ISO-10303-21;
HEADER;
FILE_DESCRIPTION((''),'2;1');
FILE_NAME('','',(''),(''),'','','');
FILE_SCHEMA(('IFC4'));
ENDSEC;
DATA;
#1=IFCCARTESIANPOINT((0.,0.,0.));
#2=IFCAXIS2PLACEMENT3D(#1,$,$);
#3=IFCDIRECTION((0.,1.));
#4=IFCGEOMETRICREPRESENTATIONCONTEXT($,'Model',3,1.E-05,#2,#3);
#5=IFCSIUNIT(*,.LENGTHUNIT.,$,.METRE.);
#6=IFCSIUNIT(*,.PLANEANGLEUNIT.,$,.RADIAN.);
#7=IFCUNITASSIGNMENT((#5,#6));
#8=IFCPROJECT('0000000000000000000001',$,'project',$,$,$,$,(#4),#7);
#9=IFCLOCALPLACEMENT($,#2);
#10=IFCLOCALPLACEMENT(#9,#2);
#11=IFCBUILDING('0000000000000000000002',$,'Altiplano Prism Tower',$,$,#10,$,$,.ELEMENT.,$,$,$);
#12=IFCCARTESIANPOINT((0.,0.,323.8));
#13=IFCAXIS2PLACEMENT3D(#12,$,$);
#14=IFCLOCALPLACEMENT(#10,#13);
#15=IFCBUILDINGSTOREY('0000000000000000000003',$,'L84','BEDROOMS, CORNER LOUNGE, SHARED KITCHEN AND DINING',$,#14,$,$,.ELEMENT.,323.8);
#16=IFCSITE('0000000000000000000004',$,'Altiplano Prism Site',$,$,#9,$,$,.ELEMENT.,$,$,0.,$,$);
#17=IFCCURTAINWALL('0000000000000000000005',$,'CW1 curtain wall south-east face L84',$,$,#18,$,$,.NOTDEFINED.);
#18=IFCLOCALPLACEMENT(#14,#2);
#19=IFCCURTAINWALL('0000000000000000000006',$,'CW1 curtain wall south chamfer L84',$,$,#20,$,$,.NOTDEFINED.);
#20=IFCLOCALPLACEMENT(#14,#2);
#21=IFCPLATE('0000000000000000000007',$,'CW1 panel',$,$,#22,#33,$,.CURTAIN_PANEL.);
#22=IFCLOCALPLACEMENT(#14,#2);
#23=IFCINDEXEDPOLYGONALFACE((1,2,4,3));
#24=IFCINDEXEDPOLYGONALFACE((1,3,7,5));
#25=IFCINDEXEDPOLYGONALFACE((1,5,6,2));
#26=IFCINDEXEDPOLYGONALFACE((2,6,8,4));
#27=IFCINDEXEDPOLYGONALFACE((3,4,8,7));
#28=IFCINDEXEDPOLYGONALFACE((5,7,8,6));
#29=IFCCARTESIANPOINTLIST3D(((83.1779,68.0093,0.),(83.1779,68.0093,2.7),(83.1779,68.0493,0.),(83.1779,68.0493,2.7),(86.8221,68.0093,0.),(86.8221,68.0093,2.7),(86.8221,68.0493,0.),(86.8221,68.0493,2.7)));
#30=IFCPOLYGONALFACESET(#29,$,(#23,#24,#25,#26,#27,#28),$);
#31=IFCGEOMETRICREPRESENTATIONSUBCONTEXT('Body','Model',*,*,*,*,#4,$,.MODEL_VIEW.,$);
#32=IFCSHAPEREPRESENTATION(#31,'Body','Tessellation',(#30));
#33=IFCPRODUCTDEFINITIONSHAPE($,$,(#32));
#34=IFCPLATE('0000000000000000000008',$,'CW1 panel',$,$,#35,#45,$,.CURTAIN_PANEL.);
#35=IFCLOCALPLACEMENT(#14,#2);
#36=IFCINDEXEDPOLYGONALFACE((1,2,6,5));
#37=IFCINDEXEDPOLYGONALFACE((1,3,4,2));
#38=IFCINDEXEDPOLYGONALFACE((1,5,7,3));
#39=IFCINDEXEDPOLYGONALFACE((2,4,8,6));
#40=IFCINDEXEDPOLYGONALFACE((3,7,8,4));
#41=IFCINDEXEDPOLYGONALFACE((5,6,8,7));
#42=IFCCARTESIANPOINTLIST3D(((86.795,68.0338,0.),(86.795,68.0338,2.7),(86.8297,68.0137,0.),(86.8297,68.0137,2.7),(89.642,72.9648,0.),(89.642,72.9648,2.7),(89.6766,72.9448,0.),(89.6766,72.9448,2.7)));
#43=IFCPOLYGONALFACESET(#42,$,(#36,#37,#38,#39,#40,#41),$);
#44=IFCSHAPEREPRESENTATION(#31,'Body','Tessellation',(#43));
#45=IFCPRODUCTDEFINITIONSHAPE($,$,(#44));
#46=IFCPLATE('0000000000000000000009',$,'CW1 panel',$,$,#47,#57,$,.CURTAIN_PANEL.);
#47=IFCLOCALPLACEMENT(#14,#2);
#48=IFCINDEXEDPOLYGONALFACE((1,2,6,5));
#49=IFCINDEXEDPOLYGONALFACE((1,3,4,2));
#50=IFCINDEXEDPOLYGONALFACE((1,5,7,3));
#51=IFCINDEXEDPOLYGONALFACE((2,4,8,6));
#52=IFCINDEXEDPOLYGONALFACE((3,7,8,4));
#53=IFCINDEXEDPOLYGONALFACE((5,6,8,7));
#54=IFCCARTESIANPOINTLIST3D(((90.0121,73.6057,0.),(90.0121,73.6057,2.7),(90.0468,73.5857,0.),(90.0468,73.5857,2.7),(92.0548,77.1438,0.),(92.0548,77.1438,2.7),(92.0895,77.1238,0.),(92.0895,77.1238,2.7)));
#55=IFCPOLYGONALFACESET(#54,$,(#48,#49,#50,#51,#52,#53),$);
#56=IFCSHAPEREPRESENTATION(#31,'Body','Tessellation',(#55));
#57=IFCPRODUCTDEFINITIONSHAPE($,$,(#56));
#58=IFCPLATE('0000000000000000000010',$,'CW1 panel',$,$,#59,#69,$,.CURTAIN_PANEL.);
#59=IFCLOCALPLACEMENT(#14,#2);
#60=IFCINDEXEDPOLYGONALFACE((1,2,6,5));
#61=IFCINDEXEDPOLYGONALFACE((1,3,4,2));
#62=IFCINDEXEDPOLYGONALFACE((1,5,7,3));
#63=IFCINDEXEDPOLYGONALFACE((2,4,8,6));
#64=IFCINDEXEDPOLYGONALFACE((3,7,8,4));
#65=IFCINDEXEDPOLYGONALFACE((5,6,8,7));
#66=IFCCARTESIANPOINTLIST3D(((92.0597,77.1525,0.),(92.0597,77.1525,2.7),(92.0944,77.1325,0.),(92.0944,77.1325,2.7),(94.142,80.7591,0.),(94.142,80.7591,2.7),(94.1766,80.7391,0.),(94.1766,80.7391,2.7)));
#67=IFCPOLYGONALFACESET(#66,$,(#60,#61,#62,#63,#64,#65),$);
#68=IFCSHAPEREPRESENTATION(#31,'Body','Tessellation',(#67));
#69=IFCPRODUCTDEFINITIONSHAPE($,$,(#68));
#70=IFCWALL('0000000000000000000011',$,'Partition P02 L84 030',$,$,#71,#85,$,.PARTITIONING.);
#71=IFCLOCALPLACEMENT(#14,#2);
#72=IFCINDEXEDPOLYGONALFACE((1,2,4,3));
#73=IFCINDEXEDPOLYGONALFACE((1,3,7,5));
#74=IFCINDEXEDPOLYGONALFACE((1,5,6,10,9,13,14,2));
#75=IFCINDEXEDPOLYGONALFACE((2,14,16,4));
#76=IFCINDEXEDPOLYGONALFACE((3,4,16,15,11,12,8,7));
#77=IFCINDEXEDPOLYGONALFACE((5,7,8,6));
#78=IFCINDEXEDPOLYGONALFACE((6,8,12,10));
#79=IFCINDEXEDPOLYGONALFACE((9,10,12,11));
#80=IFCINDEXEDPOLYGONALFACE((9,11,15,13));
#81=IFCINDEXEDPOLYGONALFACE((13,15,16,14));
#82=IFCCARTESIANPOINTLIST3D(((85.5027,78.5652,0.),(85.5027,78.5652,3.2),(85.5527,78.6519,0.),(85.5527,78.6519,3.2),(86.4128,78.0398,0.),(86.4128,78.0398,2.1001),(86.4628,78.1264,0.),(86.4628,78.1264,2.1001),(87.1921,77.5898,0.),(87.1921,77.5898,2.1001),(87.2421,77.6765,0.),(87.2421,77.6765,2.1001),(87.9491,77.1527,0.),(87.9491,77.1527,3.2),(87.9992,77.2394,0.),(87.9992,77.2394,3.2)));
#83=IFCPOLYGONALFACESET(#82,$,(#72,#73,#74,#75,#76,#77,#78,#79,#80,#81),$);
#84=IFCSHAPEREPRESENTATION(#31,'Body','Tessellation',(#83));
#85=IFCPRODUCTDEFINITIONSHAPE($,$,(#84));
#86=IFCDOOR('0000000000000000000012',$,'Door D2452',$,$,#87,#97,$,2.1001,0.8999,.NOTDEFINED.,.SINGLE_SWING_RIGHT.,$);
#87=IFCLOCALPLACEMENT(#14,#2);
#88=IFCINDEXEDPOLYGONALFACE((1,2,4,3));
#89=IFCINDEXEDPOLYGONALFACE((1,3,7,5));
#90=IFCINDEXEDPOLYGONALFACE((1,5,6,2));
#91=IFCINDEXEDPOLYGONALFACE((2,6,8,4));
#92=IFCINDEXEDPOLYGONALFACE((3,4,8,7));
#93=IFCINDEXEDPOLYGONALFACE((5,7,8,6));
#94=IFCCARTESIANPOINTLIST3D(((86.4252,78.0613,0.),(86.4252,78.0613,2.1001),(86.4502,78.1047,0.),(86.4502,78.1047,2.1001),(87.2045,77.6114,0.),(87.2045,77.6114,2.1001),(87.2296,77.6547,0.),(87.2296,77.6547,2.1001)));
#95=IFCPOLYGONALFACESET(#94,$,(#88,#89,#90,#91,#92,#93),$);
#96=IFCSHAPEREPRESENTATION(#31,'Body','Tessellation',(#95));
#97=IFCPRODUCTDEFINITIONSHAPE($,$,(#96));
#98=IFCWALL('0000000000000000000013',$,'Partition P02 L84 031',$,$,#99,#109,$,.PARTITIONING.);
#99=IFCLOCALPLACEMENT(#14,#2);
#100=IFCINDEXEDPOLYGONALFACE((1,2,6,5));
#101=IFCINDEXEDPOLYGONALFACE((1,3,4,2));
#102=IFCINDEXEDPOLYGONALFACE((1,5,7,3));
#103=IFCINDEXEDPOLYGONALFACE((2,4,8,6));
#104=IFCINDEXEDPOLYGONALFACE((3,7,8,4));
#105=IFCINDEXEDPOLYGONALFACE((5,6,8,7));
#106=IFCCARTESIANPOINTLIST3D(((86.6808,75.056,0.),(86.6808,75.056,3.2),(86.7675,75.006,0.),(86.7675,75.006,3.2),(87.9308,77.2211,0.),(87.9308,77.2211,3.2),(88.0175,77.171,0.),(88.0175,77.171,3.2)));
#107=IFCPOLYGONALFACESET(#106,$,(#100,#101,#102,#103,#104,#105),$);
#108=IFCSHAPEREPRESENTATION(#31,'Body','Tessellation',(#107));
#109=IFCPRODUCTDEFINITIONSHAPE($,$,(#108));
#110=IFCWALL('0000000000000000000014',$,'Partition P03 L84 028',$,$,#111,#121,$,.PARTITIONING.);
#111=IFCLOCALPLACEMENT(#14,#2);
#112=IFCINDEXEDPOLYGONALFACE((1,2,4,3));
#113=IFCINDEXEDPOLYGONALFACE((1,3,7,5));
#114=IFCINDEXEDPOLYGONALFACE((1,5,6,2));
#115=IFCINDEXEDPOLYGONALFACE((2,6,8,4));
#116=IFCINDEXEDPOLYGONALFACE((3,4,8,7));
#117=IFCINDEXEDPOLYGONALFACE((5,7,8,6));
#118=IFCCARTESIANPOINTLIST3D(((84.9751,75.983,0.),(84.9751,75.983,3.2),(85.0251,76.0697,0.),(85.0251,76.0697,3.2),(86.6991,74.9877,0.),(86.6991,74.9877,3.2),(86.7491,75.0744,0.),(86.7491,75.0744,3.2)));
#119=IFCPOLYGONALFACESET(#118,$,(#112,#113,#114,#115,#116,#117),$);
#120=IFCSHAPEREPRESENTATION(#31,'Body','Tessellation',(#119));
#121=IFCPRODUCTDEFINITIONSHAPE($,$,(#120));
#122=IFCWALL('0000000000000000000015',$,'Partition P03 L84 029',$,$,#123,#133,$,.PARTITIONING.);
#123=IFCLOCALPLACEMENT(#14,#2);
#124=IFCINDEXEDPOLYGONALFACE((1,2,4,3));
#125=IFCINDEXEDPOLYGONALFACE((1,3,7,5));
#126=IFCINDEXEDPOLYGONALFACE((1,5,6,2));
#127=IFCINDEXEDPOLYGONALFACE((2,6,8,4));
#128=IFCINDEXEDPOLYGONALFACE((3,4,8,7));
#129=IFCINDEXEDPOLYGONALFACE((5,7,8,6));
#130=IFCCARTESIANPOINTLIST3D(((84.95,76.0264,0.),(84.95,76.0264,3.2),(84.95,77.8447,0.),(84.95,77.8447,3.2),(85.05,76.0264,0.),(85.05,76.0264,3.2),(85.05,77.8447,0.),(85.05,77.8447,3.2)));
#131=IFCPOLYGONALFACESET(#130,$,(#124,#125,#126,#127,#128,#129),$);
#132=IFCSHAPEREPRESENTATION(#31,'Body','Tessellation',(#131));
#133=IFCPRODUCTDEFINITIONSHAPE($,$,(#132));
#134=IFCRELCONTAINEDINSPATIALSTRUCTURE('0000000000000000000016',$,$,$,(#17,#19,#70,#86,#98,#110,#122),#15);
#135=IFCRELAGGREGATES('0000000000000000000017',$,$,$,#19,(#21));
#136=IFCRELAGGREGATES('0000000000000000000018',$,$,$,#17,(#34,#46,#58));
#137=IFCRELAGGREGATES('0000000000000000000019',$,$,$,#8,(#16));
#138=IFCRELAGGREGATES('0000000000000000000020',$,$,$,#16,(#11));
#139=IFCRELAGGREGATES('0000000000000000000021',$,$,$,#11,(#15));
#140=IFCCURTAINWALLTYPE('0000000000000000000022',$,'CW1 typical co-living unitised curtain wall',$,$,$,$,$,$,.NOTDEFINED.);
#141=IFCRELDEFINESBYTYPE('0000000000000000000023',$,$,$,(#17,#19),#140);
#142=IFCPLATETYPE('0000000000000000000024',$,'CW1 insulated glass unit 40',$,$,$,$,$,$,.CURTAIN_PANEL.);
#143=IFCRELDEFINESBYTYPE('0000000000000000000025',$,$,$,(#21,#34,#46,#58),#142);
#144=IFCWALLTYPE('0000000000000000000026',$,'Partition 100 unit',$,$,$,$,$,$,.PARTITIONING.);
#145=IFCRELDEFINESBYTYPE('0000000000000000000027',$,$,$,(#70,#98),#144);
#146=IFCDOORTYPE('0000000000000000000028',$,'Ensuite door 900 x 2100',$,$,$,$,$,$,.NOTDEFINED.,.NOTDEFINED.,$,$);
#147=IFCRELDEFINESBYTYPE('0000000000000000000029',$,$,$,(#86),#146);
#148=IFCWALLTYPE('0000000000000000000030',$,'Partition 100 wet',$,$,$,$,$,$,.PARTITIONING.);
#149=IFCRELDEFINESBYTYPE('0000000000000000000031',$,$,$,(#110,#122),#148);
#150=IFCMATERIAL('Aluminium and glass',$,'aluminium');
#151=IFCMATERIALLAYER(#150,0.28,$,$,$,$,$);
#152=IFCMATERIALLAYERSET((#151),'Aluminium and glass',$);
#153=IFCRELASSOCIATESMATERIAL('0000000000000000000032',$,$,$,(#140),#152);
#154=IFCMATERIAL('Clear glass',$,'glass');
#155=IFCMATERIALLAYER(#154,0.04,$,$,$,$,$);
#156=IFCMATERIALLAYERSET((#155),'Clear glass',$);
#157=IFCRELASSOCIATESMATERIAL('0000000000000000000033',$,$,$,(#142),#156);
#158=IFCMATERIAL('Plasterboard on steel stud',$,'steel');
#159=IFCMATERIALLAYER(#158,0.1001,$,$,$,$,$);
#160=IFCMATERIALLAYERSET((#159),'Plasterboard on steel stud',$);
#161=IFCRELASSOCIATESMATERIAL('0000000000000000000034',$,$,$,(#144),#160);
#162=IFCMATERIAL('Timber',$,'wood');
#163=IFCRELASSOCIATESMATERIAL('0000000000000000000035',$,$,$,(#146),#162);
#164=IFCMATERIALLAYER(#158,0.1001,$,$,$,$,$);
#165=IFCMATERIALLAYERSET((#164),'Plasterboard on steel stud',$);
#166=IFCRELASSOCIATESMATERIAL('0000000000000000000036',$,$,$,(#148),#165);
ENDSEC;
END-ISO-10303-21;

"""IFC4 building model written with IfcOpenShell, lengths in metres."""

from ifc_helpers import new_model, si_unit, direction, frame, frame_2d, origin, origin_2d, place, context, subcontext, project, spatial, rectangle, extrude, material, layer, layer_set, type_object, element, fill, aggregate, save


model = new_model("IFC4")

# Units and contexts
model_context = context("Model", 3, precision=1e-05, world=origin(), true_north=direction((0.0, 1.0)))
body_context = subcontext(model_context, "Body", "Model", "MODEL_VIEW")
ifc_project = project(units=[si_unit("LENGTHUNIT", "METRE"), si_unit("PLANEANGLEUNIT", "RADIAN")], contexts=[model_context])

# Site, building, storey
site_placement = place(None, origin())
site = spatial("IfcSite", under=ifc_project, at=site_placement, Name="Altiplano Prism Site", CompositionType="ELEMENT", RefElevation=0.0)
building_placement = place(site_placement, origin())
building = spatial("IfcBuilding", under=site, at=building_placement, Name="Altiplano Prism Tower", CompositionType="ELEMENT")
storey_placement = place(building_placement, frame((0.0, 0.0, 323.8)))
storey = spatial("IfcBuildingStorey", under=building, at=storey_placement, Name="L84", Description="BEDROOMS, CORNER LOUNGE, SHARED KITCHEN AND DINING", CompositionType="ELEMENT", Elevation=323.8)

# Curtain walls
ifc_material_1 = material(Name="Aluminium and glass", Category="aluminium")
ifc_layer_1 = layer(ifc_material_1, 0.28)
ifc_layer_set_1 = layer_set([ifc_layer_1], Name="Aluminium and glass")
curtain_wall_type = type_object("IfcCurtainWallType", Name="CW1 typical co-living unitised curtain wall", PredefinedType="NOTDEFINED", material=ifc_layer_set_1)
curtain_wall_1_placement = place(storey_placement, origin())
curtain_wall_1 = element("IfcCurtainWall", 1, at=curtain_wall_1_placement, inside=storey, type_object=curtain_wall_type, Name="CW1 curtain wall south-east face L84", PredefinedType="NOTDEFINED")
curtain_wall_2_placement = place(storey_placement, origin())
curtain_wall_2 = element("IfcCurtainWall", 2, at=curtain_wall_2_placement, inside=storey, type_object=curtain_wall_type, Name="CW1 curtain wall south chamfer L84", PredefinedType="NOTDEFINED")

# Plates
ifc_material_2 = material(Name="Clear glass", Category="glass")
ifc_layer_2 = layer(ifc_material_2, 0.04)
ifc_layer_set_2 = layer_set([ifc_layer_2], Name="Clear glass")
plate_type = type_object("IfcPlateType", Name="CW1 insulated glass unit 40", PredefinedType="CURTAIN_PANEL", material=ifc_layer_set_2)
plate_1_placement = place(storey_placement, frame((85.0, 68.0293, 0.0), z_axis=(0.0, 0.0, 1.0), x_axis=(1.0, 0.0, 0.0)))
plate_1 = element("IfcPlate", 3, at=plate_1_placement, type_object=plate_type, Name="CW1 panel", PredefinedType="CURTAIN_PANEL", context=body_context, shape_type="SweptSolid", body=[
    extrude(rectangle(XDim=3.6443, YDim=0.04, at=origin_2d()), origin(), (0.0, 0.0, 1.0), 2.7),
])
aggregate(curtain_wall_2, [plate_1])
plate_2_placement = place(storey_placement, frame((88.2358, 70.4893, 0.0), z_axis=(0.0, 0.0, 1.0), x_axis=(0.5, 0.866025, 0.0)))
plate_2 = element("IfcPlate", 4, at=plate_2_placement, type_object=plate_type, Name="CW1 panel", PredefinedType="CURTAIN_PANEL", context=body_context, shape_type="SweptSolid", body=[
    extrude(rectangle(XDim=5.6938, YDim=0.04, at=origin_2d()), origin(), (0.0, 0.0, 1.0), 2.7),
])
plate_3_placement = place(storey_placement, frame((91.0508, 75.3647, 0.0), z_axis=(0.0, 0.0, 1.0), x_axis=(0.5, 0.866025, 0.0)))
plate_3 = element("IfcPlate", 5, at=plate_3_placement, type_object=plate_type, Name="CW1 panel", PredefinedType="CURTAIN_PANEL", context=body_context, shape_type="SweptSolid", body=[
    extrude(rectangle(XDim=4.0854, YDim=0.04, at=origin_2d()), origin(), (0.0, 0.0, 1.0), 2.7),
])
plate_4_placement = place(storey_placement, frame((93.1182, 78.9458, 0.0), z_axis=(0.0, 0.0, 1.0), x_axis=(0.5, 0.866025, 0.0)))
plate_4 = element("IfcPlate", 6, at=plate_4_placement, type_object=plate_type, Name="CW1 panel", PredefinedType="CURTAIN_PANEL", context=body_context, shape_type="SweptSolid", body=[
    extrude(rectangle(XDim=4.1646, YDim=0.04, at=origin_2d()), origin(), (0.0, 0.0, 1.0), 2.7),
])
aggregate(curtain_wall_1, [plate_2, plate_3, plate_4])

# Wall, opening, door
ifc_material_3 = material(Name="Plasterboard on steel stud", Category="steel")
ifc_layer_3 = layer(ifc_material_3, 0.1001)
ifc_layer_set_3 = layer_set([ifc_layer_3], Name="Plasterboard on steel stud")
wall_type_1 = type_object("IfcWallType", Name="Partition 100 unit", PredefinedType="PARTITIONING", material=ifc_layer_set_3)
wall_1_placement = place(storey_placement, frame((85.5276, 78.6086, 0.0), z_axis=(0.0, 0.0, 1.0), x_axis=(0.866011, -0.500024, 0.0)))
wall_1 = element("IfcWall", 7, at=wall_1_placement, inside=storey, type_object=wall_type_1, Name="Partition P02 L84 030", PredefinedType="PARTITIONING", context=body_context, shape_type="SweptSolid", body=[
    extrude(rectangle(XDim=2.825, YDim=0.1001, at=frame_2d((1.4126, 0.0))), origin(), (0.0, 0.0, 1.0), 3.2),
])
opening_1_placement = place(wall_1_placement, frame((1.051, 0.0, 0.0)))
opening_1 = element("IfcOpeningElement", 8, at=opening_1_placement, cuts=wall_1, PredefinedType="OPENING", context=body_context, shape_type="SweptSolid", body=[
    extrude(rectangle(XDim=0.8999, YDim=2.1001, at=frame_2d((0.45, 1.05))), frame((0.0, 0.0605, 0.0), z_axis=(0.0, -1.0, 0.0), x_axis=(1.0, 0.0, 0.0)), (0.0, 0.0, 1.0), 0.1211),
])
ifc_material_4 = material(Name="Timber", Category="wood")
door_type_1 = type_object("IfcDoorType", Name="Ensuite door 900 x 2100", OperationType="NOTDEFINED", PredefinedType="NOTDEFINED", material=ifc_material_4)
door_1_placement = place(opening_1_placement, origin())
door_1 = element("IfcDoor", 9, at=door_1_placement, inside=storey, type_object=door_type_1, Name="Door D2452", OperationType="SINGLE_SWING_RIGHT", OverallHeight=2.1001, OverallWidth=0.8999, PredefinedType="NOTDEFINED", context=body_context, shape_type="SweptSolid", body=[
    extrude(rectangle(XDim=0.8999, YDim=2.1001, at=frame_2d((0.45, 1.05))), frame((0.0, 0.0249, 0.0), z_axis=(0.0, -1.0, 0.0), x_axis=(1.0, 0.0, 0.0)), (0.0, 0.0, 1.0), 0.05),
])
fill(opening_1, door_1)

# Walls
wall_2_placement = place(storey_placement, frame((87.9741, 77.196, 0.0), z_axis=(0.0, 0.0, 1.0), x_axis=(-0.500004, -0.866023, 0.0)))
element("IfcWall", 10, at=wall_2_placement, inside=storey, type_object=wall_type_1, Name="Partition P02 L84 031", PredefinedType="PARTITIONING", context=body_context, shape_type="SweptSolid", body=[
    extrude(rectangle(XDim=2.5, YDim=0.1001, at=frame_2d((1.25, 0.0))), origin(), (0.0, 0.0, 1.0), 3.2),
])
ifc_layer_4 = layer(ifc_material_3, 0.1001)
ifc_layer_set_4 = layer_set([ifc_layer_4], Name="Plasterboard on steel stud")
wall_type_2 = type_object("IfcWallType", Name="Partition 100 wet", PredefinedType="PARTITIONING", material=ifc_layer_set_4)
wall_3_placement = place(storey_placement, frame((86.7241, 75.031, 0.0), z_axis=(0.0, 0.0, 1.0), x_axis=(-0.866039, 0.499977, 0.0)))
element("IfcWall", 11, at=wall_3_placement, inside=storey, type_object=wall_type_2, Name="Partition P03 L84 028", PredefinedType="PARTITIONING", context=body_context, shape_type="SweptSolid", body=[
    extrude(rectangle(XDim=1.9907, YDim=0.1001, at=frame_2d((0.9954, 0.0))), origin(), (0.0, 0.0, 1.0), 3.2),
])
wall_4_placement = place(storey_placement, frame((85.0, 76.0264, 0.0), z_axis=(0.0, 0.0, 1.0), x_axis=(0.0, 1.0, 0.0)))
element("IfcWall", 12, at=wall_4_placement, inside=storey, type_object=wall_type_2, Name="Partition P03 L84 029", PredefinedType="PARTITIONING", context=body_context, shape_type="SweptSolid", body=[
    extrude(rectangle(XDim=1.8184, YDim=0.1001, at=frame_2d((0.9092, 0.0))), origin(), (0.0, 0.0, 1.0), 3.2),
])

save(model, "model.ifc")
